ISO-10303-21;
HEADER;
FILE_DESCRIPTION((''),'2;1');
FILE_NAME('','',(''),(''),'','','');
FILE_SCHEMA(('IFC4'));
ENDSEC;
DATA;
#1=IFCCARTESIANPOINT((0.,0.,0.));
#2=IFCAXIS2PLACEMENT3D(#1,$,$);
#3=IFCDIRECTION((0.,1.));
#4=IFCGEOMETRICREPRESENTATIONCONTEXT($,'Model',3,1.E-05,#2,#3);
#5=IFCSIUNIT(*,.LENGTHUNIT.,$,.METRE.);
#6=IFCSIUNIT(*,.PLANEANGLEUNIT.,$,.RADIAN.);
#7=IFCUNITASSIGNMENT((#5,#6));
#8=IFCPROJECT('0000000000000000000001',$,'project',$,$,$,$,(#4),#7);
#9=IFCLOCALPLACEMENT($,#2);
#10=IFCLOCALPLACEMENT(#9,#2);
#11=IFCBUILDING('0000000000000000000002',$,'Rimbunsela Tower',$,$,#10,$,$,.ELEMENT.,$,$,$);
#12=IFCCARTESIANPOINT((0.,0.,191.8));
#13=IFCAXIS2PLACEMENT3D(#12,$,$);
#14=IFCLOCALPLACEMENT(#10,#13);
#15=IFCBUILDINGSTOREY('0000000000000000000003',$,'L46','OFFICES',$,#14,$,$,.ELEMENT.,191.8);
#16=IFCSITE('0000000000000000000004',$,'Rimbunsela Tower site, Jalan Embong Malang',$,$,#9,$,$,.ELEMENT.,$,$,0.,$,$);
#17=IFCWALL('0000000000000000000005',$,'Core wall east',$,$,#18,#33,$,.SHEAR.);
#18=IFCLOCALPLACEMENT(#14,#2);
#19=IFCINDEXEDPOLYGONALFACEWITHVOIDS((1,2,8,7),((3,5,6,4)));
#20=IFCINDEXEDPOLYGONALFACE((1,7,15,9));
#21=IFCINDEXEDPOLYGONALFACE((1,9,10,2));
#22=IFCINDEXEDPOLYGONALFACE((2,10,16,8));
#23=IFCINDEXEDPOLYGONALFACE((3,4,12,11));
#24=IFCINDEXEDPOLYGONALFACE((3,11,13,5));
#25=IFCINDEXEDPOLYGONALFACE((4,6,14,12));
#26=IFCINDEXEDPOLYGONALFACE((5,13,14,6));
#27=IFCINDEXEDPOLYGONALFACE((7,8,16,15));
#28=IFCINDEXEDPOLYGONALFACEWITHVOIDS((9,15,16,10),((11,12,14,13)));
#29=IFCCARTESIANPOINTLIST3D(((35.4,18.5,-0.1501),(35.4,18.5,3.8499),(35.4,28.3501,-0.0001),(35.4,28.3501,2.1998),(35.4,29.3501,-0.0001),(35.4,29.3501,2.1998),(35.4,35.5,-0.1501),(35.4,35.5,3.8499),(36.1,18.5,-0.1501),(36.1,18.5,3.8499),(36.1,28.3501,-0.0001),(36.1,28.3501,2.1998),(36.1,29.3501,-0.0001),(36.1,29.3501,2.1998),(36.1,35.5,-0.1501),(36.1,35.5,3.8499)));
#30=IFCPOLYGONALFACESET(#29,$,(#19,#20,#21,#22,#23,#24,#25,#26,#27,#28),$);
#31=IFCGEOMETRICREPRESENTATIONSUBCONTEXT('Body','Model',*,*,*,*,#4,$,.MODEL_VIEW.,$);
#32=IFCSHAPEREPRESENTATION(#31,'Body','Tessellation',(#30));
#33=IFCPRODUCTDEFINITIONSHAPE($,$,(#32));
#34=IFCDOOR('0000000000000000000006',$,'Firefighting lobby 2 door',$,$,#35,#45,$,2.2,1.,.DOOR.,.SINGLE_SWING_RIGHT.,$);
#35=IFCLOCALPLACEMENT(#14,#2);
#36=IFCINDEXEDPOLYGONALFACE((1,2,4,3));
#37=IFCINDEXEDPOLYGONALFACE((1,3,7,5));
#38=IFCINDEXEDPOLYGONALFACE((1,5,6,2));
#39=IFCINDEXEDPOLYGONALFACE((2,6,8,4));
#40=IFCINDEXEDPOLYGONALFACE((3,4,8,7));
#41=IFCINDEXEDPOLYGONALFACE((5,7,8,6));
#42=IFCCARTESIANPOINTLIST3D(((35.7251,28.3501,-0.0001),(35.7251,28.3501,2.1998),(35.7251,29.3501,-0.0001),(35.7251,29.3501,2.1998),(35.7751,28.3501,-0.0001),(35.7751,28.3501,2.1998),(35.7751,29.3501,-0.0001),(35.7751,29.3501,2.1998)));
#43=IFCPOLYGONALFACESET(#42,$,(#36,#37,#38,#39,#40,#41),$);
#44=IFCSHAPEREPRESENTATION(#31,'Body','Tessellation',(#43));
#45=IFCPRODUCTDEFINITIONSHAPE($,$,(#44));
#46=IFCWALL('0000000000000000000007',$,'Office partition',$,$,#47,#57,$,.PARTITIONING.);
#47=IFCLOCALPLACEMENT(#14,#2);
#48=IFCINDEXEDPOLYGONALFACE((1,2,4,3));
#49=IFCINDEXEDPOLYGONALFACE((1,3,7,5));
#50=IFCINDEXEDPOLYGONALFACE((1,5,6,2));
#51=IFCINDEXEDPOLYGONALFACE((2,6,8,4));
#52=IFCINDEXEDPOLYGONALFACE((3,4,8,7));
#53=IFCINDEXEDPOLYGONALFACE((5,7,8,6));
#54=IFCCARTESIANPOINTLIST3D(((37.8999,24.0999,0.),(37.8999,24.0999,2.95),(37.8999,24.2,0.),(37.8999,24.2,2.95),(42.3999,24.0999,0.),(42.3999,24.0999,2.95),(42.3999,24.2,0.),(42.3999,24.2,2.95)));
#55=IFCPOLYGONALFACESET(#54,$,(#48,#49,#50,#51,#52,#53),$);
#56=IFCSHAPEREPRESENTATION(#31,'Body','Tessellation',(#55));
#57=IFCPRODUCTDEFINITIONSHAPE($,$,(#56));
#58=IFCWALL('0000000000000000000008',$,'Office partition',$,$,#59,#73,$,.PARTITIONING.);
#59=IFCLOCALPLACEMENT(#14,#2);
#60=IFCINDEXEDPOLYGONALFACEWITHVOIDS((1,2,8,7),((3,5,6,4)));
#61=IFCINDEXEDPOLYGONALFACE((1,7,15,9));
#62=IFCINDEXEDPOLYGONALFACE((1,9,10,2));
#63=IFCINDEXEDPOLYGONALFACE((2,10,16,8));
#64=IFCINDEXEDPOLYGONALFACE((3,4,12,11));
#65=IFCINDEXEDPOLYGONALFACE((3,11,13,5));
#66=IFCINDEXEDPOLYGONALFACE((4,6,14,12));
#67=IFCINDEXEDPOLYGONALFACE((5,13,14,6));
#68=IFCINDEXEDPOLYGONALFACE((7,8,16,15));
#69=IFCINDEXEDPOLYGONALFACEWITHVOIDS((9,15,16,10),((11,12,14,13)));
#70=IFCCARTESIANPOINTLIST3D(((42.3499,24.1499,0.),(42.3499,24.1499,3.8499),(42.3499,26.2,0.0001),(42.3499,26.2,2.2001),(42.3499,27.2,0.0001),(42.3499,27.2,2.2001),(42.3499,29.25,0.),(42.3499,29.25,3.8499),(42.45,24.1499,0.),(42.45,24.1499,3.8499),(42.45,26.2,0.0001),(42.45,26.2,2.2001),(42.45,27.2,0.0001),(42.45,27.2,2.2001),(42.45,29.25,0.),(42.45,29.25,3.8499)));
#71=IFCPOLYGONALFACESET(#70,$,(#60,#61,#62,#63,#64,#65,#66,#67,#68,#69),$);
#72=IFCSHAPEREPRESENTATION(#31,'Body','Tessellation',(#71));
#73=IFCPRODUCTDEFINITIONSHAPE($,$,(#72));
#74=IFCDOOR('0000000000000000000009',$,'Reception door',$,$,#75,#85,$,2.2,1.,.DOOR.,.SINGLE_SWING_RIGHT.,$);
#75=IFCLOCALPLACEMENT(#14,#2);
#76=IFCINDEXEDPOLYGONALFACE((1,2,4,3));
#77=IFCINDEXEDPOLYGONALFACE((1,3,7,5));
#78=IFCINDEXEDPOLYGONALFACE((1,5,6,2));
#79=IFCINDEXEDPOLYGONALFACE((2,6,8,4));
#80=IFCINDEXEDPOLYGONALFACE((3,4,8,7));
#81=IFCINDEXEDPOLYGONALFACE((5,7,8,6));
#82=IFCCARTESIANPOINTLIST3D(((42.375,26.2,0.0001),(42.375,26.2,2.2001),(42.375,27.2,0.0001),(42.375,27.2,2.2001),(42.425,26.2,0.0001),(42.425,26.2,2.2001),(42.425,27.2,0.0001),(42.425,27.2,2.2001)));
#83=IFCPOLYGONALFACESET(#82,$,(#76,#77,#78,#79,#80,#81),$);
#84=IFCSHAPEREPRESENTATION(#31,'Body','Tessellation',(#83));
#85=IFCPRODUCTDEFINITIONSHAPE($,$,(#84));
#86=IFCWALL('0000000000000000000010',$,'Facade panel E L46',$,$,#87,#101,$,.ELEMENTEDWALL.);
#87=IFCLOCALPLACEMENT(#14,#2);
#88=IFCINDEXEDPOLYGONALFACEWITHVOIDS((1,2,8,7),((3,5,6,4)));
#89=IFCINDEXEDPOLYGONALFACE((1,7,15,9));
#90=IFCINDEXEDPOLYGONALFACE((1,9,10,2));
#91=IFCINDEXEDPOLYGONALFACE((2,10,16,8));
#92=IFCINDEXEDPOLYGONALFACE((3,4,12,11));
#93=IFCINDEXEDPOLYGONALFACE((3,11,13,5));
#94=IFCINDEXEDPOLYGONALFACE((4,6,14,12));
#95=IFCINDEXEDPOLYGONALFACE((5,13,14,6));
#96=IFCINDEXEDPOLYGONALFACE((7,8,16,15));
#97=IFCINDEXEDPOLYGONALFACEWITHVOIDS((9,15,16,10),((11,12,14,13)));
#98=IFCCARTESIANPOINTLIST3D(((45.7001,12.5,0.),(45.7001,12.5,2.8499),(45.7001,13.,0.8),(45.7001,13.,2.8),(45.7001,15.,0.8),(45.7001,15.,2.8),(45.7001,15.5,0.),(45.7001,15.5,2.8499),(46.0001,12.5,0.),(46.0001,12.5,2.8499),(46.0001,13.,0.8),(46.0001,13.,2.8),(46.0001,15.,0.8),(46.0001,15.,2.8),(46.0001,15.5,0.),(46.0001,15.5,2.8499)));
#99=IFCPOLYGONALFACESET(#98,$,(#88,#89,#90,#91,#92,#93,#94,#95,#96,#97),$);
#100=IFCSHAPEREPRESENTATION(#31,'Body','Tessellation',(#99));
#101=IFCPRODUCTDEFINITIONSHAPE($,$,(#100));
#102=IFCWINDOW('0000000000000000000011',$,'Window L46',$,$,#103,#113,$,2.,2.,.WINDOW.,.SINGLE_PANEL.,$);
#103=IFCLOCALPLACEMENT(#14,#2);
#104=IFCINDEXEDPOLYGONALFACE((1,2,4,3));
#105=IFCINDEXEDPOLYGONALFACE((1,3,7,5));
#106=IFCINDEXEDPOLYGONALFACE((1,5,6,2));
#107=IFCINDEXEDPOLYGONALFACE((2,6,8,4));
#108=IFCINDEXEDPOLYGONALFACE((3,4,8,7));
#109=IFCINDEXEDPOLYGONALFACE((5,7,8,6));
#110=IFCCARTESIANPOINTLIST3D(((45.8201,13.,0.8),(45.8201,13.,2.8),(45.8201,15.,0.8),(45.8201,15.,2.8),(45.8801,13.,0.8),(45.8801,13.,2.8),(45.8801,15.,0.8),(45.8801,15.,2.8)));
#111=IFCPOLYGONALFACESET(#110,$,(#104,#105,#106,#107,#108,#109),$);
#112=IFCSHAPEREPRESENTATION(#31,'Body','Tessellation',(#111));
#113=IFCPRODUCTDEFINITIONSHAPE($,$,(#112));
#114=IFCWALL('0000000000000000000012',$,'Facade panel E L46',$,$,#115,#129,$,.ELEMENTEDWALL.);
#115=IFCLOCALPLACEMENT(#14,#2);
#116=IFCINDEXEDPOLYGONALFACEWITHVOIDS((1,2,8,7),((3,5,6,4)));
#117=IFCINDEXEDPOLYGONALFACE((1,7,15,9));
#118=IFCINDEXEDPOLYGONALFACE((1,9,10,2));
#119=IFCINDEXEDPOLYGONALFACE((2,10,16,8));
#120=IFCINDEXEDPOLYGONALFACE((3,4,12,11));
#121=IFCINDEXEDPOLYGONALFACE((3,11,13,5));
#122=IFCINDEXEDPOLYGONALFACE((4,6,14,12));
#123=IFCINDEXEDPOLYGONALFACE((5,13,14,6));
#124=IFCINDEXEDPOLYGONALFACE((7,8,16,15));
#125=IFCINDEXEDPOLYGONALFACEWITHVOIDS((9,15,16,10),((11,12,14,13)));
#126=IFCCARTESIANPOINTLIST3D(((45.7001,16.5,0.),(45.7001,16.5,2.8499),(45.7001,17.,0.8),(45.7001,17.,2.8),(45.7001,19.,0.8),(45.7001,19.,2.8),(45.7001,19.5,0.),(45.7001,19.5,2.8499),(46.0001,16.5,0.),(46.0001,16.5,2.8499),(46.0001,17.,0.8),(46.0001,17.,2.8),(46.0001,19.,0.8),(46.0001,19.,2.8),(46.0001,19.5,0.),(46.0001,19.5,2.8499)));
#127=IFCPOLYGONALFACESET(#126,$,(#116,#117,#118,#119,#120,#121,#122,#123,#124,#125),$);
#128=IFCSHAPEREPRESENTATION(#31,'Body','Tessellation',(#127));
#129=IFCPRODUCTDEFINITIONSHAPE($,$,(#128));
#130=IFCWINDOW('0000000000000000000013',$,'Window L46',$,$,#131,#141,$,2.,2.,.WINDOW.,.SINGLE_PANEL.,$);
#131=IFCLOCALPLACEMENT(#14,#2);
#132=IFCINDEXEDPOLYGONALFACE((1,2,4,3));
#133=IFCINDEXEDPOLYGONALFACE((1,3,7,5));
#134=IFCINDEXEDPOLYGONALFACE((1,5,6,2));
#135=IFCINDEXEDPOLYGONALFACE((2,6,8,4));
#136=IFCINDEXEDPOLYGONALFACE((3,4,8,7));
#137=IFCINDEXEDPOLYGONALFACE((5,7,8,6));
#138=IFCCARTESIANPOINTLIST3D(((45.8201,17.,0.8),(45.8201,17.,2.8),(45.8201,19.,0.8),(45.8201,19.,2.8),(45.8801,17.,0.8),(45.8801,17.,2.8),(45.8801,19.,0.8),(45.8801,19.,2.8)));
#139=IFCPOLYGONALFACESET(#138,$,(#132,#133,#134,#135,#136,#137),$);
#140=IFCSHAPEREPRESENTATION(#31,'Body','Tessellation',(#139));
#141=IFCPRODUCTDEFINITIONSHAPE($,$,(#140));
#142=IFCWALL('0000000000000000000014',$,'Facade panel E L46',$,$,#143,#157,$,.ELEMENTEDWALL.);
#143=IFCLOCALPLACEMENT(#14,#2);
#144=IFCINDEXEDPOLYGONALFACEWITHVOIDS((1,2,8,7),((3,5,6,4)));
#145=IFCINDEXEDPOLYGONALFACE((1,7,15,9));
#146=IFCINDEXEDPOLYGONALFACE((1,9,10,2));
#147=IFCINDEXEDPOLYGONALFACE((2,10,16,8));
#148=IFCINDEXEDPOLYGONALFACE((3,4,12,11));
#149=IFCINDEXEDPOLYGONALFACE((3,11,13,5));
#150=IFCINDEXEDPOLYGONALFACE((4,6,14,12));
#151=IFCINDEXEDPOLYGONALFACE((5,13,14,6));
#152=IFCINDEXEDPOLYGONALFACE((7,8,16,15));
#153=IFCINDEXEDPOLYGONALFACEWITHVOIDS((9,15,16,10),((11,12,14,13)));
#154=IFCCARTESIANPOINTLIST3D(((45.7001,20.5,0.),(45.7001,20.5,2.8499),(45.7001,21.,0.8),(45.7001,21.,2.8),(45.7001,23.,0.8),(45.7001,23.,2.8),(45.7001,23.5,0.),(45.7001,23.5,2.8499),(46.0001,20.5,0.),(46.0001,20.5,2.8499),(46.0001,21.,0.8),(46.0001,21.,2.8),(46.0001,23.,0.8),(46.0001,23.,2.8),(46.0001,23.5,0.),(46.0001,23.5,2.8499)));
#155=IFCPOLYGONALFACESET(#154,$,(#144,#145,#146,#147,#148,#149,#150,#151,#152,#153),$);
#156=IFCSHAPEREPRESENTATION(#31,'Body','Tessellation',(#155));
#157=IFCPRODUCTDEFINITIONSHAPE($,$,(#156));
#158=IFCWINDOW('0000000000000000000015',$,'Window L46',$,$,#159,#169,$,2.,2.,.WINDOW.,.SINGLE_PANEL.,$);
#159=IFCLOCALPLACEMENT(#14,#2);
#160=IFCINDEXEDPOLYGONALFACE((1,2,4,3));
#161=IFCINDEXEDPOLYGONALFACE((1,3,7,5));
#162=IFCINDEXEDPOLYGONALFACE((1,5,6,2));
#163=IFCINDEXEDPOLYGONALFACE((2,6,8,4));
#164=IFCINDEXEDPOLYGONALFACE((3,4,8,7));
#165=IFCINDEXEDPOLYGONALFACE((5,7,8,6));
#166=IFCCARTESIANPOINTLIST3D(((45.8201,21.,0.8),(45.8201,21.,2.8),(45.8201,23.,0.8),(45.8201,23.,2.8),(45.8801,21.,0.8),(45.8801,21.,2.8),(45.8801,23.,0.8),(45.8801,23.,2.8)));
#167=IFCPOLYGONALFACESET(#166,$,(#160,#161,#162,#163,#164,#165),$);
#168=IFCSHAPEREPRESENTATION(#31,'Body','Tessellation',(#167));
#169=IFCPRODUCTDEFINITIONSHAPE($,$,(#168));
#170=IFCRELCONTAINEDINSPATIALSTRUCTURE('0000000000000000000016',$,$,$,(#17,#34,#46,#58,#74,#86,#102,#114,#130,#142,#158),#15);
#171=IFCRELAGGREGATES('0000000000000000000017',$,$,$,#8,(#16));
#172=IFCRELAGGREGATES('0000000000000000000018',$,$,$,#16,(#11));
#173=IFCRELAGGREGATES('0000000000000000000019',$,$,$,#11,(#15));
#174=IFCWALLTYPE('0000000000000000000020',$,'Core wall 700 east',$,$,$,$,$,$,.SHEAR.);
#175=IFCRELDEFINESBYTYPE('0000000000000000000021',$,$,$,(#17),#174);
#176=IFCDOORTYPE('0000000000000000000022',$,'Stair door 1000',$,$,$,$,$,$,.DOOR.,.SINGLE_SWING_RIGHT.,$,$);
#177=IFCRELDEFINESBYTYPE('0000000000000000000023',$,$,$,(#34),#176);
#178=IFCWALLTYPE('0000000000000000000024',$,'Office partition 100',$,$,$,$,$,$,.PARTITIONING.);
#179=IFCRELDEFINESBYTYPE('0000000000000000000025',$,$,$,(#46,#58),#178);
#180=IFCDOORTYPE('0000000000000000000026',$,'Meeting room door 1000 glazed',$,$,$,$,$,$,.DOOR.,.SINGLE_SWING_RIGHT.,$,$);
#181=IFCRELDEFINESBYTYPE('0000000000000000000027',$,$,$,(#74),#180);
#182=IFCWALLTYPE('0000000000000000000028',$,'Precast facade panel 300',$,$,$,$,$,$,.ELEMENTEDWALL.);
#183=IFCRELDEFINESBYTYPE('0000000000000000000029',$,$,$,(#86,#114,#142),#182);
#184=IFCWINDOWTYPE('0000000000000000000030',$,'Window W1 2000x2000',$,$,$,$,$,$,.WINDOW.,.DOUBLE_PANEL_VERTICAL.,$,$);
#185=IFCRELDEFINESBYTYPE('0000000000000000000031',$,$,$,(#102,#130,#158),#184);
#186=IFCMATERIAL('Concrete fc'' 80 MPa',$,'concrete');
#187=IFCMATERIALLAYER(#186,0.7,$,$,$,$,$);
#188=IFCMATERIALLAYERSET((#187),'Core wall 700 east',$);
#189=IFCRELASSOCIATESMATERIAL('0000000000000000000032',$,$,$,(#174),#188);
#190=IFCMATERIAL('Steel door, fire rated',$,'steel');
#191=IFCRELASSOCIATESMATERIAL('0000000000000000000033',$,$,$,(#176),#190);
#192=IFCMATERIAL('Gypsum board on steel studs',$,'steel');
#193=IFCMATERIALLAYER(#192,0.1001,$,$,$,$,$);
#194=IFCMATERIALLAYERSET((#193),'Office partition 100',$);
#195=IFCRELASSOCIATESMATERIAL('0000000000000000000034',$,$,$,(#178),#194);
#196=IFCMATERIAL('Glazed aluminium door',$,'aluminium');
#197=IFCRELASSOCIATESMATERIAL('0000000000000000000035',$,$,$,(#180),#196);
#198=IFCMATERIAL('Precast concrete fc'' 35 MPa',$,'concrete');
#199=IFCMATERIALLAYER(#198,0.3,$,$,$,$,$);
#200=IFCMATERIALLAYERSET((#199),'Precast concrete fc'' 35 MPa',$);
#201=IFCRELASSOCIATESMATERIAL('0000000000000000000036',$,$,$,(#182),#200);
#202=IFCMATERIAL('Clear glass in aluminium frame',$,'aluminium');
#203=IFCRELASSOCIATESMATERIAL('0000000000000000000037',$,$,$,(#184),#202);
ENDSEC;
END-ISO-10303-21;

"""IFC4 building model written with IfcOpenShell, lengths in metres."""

from ifc_helpers import new_model, si_unit, direction, frame, frame_2d, origin, place, context, subcontext, project, spatial, rectangle, extrude, material, layer, layer_set, type_object, element, fill, save


model = new_model("IFC4")

# Units and contexts
model_context = context("Model", 3, precision=1e-05, world=origin(), true_north=direction((0.0, 1.0)))
body_context = subcontext(model_context, "Body", "Model", "MODEL_VIEW")
ifc_project = project(units=[si_unit("LENGTHUNIT", "METRE"), si_unit("PLANEANGLEUNIT", "RADIAN")], contexts=[model_context])

# Site, building, storey
site_placement = place(None, origin())
site = spatial("IfcSite", under=ifc_project, at=site_placement, Name="Rimbunsela Tower site, Jalan Embong Malang", CompositionType="ELEMENT", RefElevation=0.0)
building_placement = place(site_placement, origin())
building = spatial("IfcBuilding", under=site, at=building_placement, Name="Rimbunsela Tower", CompositionType="ELEMENT")
storey_placement = place(building_placement, frame((0.0, 0.0, 191.8)))
storey = spatial("IfcBuildingStorey", under=building, at=storey_placement, Name="L46", Description="OFFICES", CompositionType="ELEMENT", Elevation=191.8)

# Wall, opening, door
ifc_material_1 = material(Name="Concrete fc' 80 MPa", Category="concrete")
ifc_layer_1 = layer(ifc_material_1, 0.7)
ifc_layer_set_1 = layer_set([ifc_layer_1], Name="Core wall 700 east")
wall_type_1 = type_object("IfcWallType", Name="Core wall 700 east", PredefinedType="SHEAR", material=ifc_layer_set_1)
wall_1_placement = place(storey_placement, frame((35.75, 18.5, -0.1501), z_axis=(0.0, 0.0, 1.0), x_axis=(0.0, 1.0, 0.0)))
wall_1 = element("IfcWall", 1, at=wall_1_placement, inside=storey, type_object=wall_type_1, Name="Core wall east", PredefinedType="SHEAR", context=body_context, shape_type="SweptSolid", body=[
    extrude(rectangle(XDim=17.0, YDim=0.7, at=frame_2d((8.5, 0.0))), origin(), (0.0, 0.0, 1.0), 4.0),
])
opening_1_placement = place(wall_1_placement, frame((9.8501, 0.0, 0.1499)))
opening_1 = element("IfcOpeningElement", 2, at=opening_1_placement, cuts=wall_1, PredefinedType="OPENING", context=body_context, shape_type="SweptSolid", body=[
    extrude(rectangle(XDim=1.0, YDim=2.2, at=frame_2d((0.5, 1.1001))), frame((0.0, 0.3599, 0.0), z_axis=(0.0, -1.0, 0.0), x_axis=(1.0, 0.0, 0.0)), (0.0, 0.0, 1.0), 0.72),
])
ifc_material_2 = material(Name="Steel door, fire rated", Category="steel")
door_type_1 = type_object("IfcDoorType", Name="Stair door 1000", OperationType="SINGLE_SWING_RIGHT", PredefinedType="DOOR", material=ifc_material_2)
door_1_placement = place(opening_1_placement, origin())
door_1 = element("IfcDoor", 3, at=door_1_placement, inside=storey, type_object=door_type_1, Name="Firefighting lobby 2 door", OperationType="SINGLE_SWING_RIGHT", OverallHeight=2.2, OverallWidth=1.0, PredefinedType="DOOR", context=body_context, shape_type="SweptSolid", body=[
    extrude(rectangle(XDim=1.0, YDim=2.2, at=frame_2d((0.5, 1.1001))), frame((0.0, 0.0249, 0.0), z_axis=(0.0, -1.0, 0.0), x_axis=(1.0, 0.0, 0.0)), (0.0, 0.0, 1.0), 0.05),
])
fill(opening_1, door_1)

# Wall
ifc_material_3 = material(Name="Gypsum board on steel studs", Category="steel")
ifc_layer_2 = layer(ifc_material_3, 0.1001)
ifc_layer_set_2 = layer_set([ifc_layer_2], Name="Office partition 100")
wall_type_2 = type_object("IfcWallType", Name="Office partition 100", PredefinedType="PARTITIONING", material=ifc_layer_set_2)
wall_2_placement = place(storey_placement, frame((37.8999, 24.1499, 0.0), z_axis=(0.0, 0.0, 1.0), x_axis=(1.0, 0.0, 0.0)))
element("IfcWall", 4, at=wall_2_placement, inside=storey, type_object=wall_type_2, Name="Office partition", PredefinedType="PARTITIONING", context=body_context, shape_type="SweptSolid", body=[
    extrude(rectangle(XDim=4.5, YDim=0.1001, at=frame_2d((2.25, 0.0))), origin(), (0.0, 0.0, 1.0), 2.95),
])

# Wall, opening, door
wall_3_placement = place(storey_placement, frame((42.3999, 24.1499, 0.0), z_axis=(0.0, 0.0, 1.0), x_axis=(0.0, 1.0, 0.0)))
wall_3 = element("IfcWall", 5, at=wall_3_placement, inside=storey, type_object=wall_type_2, Name="Office partition", PredefinedType="PARTITIONING", context=body_context, shape_type="SweptSolid", body=[
    extrude(rectangle(XDim=5.1001, YDim=0.1001, at=frame_2d((2.55, 0.0))), origin(), (0.0, 0.0, 1.0), 3.8499),
])
opening_2_placement = place(wall_3_placement, frame((2.05, 0.0, 0.0)))
opening_2 = element("IfcOpeningElement", 6, at=opening_2_placement, cuts=wall_3, PredefinedType="OPENING", context=body_context, shape_type="SweptSolid", body=[
    extrude(rectangle(XDim=1.0, YDim=2.2, at=frame_2d((0.5, 1.1001))), frame((0.0, 0.0601, 0.0), z_axis=(0.0, -1.0, 0.0), x_axis=(1.0, 0.0, 0.0)), (0.0, 0.0, 1.0), 0.1201),
])
ifc_material_4 = material(Name="Glazed aluminium door", Category="aluminium")
door_type_2 = type_object("IfcDoorType", Name="Meeting room door 1000 glazed", OperationType="SINGLE_SWING_RIGHT", PredefinedType="DOOR", material=ifc_material_4)
door_2_placement = place(opening_2_placement, origin())
door_2 = element("IfcDoor", 7, at=door_2_placement, inside=storey, type_object=door_type_2, Name="Reception door", OperationType="SINGLE_SWING_RIGHT", OverallHeight=2.2, OverallWidth=1.0, PredefinedType="DOOR", context=body_context, shape_type="SweptSolid", body=[
    extrude(rectangle(XDim=1.0, YDim=2.2, at=frame_2d((0.5, 1.1001))), frame((0.0, 0.0249, 0.0), z_axis=(0.0, -1.0, 0.0), x_axis=(1.0, 0.0, 0.0)), (0.0, 0.0, 1.0), 0.05),
])
fill(opening_2, door_2)

# Walls, openings, windows
ifc_material_5 = material(Name="Precast concrete fc' 35 MPa", Category="concrete")
ifc_layer_3 = layer(ifc_material_5, 0.3)
ifc_layer_set_3 = layer_set([ifc_layer_3], Name="Precast concrete fc' 35 MPa")
wall_type_3 = type_object("IfcWallType", Name="Precast facade panel 300", PredefinedType="ELEMENTEDWALL", material=ifc_layer_set_3)
wall_4_placement = place(storey_placement, frame((45.8501, 12.5, 0.0), z_axis=(0.0, 0.0, 1.0), x_axis=(0.0, 1.0, 0.0)))
wall_4 = element("IfcWall", 8, at=wall_4_placement, inside=storey, type_object=wall_type_3, Name="Facade panel E L46", PredefinedType="ELEMENTEDWALL", context=body_context, shape_type="SweptSolid", body=[
    extrude(rectangle(XDim=3.0, YDim=0.3, at=frame_2d((1.5, 0.0))), origin(), (0.0, 0.0, 1.0), 2.8499),
])
opening_3_placement = place(wall_4_placement, frame((0.5, 0.0, 0.8)))
opening_3 = element("IfcOpeningElement", 9, at=opening_3_placement, cuts=wall_4, PredefinedType="OPENING", context=body_context, shape_type="SweptSolid", body=[
    extrude(rectangle(XDim=2.0, YDim=2.0, at=frame_2d((1.0, 1.0))), frame((0.0, 0.1599, 0.0), z_axis=(0.0, -1.0, 0.0), x_axis=(1.0, 0.0, 0.0)), (0.0, 0.0, 1.0), 0.3201),
])
ifc_material_6 = material(Name="Clear glass in aluminium frame", Category="aluminium")
window_type = type_object("IfcWindowType", Name="Window W1 2000x2000", PartitioningType="DOUBLE_PANEL_VERTICAL", PredefinedType="WINDOW", material=ifc_material_6)
window_1_placement = place(opening_3_placement, origin())
window_1 = element("IfcWindow", 10, at=window_1_placement, inside=storey, type_object=window_type, Name="Window L46", OverallHeight=2.0, OverallWidth=2.0, PartitioningType="SINGLE_PANEL", PredefinedType="WINDOW", context=body_context, shape_type="SweptSolid", body=[
    extrude(rectangle(XDim=2.0, YDim=2.0, at=frame_2d((1.0, 1.0))), frame((0.0, 0.03, 0.0), z_axis=(0.0, -1.0, 0.0), x_axis=(1.0, 0.0, 0.0)), (0.0, 0.0, 1.0), 0.0601),
])
fill(opening_3, window_1)
wall_5_placement = place(storey_placement, frame((45.8501, 16.5, 0.0), z_axis=(0.0, 0.0, 1.0), x_axis=(0.0, 1.0, 0.0)))
wall_5 = element("IfcWall", 11, at=wall_5_placement, inside=storey, type_object=wall_type_3, Name="Facade panel E L46", PredefinedType="ELEMENTEDWALL", context=body_context, shape_type="SweptSolid", body=[
    extrude(rectangle(XDim=3.0, YDim=0.3, at=frame_2d((1.5, 0.0))), origin(), (0.0, 0.0, 1.0), 2.8499),
])
opening_4_placement = place(wall_5_placement, frame((0.5, 0.0, 0.8)))
opening_4 = element("IfcOpeningElement", 12, at=opening_4_placement, cuts=wall_5, PredefinedType="OPENING", context=body_context, shape_type="SweptSolid", body=[
    extrude(rectangle(XDim=2.0, YDim=2.0, at=frame_2d((1.0, 1.0))), frame((0.0, 0.1599, 0.0), z_axis=(0.0, -1.0, 0.0), x_axis=(1.0, 0.0, 0.0)), (0.0, 0.0, 1.0), 0.3201),
])
window_2_placement = place(opening_4_placement, origin())
window_2 = element("IfcWindow", 13, at=window_2_placement, inside=storey, type_object=window_type, Name="Window L46", OverallHeight=2.0, OverallWidth=2.0, PartitioningType="SINGLE_PANEL", PredefinedType="WINDOW", context=body_context, shape_type="SweptSolid", body=[
    extrude(rectangle(XDim=2.0, YDim=2.0, at=frame_2d((1.0, 1.0))), frame((0.0, 0.03, 0.0), z_axis=(0.0, -1.0, 0.0), x_axis=(1.0, 0.0, 0.0)), (0.0, 0.0, 1.0), 0.0601),
])
fill(opening_4, window_2)
wall_6_placement = place(storey_placement, frame((45.8501, 20.5, 0.0), z_axis=(0.0, 0.0, 1.0), x_axis=(0.0, 1.0, 0.0)))
wall_6 = element("IfcWall", 14, at=wall_6_placement, inside=storey, type_object=wall_type_3, Name="Facade panel E L46", PredefinedType="ELEMENTEDWALL", context=body_context, shape_type="SweptSolid", body=[
    extrude(rectangle(XDim=3.0, YDim=0.3, at=frame_2d((1.5, 0.0))), origin(), (0.0, 0.0, 1.0), 2.8499),
])
opening_5_placement = place(wall_6_placement, frame((0.5, 0.0, 0.8)))
opening_5 = element("IfcOpeningElement", 15, at=opening_5_placement, cuts=wall_6, PredefinedType="OPENING", context=body_context, shape_type="SweptSolid", body=[
    extrude(rectangle(XDim=2.0, YDim=2.0, at=frame_2d((1.0, 1.0))), frame((0.0, 0.1599, 0.0), z_axis=(0.0, -1.0, 0.0), x_axis=(1.0, 0.0, 0.0)), (0.0, 0.0, 1.0), 0.3201),
])
window_3_placement = place(opening_5_placement, origin())
window_3 = element("IfcWindow", 16, at=window_3_placement, inside=storey, type_object=window_type, Name="Window L46", OverallHeight=2.0, OverallWidth=2.0, PartitioningType="SINGLE_PANEL", PredefinedType="WINDOW", context=body_context, shape_type="SweptSolid", body=[
    extrude(rectangle(XDim=2.0, YDim=2.0, at=frame_2d((1.0, 1.0))), frame((0.0, 0.03, 0.0), z_axis=(0.0, -1.0, 0.0), x_axis=(1.0, 0.0, 0.0)), (0.0, 0.0, 1.0), 0.0601),
])
fill(opening_5, window_3)

save(model, "model.ifc")
